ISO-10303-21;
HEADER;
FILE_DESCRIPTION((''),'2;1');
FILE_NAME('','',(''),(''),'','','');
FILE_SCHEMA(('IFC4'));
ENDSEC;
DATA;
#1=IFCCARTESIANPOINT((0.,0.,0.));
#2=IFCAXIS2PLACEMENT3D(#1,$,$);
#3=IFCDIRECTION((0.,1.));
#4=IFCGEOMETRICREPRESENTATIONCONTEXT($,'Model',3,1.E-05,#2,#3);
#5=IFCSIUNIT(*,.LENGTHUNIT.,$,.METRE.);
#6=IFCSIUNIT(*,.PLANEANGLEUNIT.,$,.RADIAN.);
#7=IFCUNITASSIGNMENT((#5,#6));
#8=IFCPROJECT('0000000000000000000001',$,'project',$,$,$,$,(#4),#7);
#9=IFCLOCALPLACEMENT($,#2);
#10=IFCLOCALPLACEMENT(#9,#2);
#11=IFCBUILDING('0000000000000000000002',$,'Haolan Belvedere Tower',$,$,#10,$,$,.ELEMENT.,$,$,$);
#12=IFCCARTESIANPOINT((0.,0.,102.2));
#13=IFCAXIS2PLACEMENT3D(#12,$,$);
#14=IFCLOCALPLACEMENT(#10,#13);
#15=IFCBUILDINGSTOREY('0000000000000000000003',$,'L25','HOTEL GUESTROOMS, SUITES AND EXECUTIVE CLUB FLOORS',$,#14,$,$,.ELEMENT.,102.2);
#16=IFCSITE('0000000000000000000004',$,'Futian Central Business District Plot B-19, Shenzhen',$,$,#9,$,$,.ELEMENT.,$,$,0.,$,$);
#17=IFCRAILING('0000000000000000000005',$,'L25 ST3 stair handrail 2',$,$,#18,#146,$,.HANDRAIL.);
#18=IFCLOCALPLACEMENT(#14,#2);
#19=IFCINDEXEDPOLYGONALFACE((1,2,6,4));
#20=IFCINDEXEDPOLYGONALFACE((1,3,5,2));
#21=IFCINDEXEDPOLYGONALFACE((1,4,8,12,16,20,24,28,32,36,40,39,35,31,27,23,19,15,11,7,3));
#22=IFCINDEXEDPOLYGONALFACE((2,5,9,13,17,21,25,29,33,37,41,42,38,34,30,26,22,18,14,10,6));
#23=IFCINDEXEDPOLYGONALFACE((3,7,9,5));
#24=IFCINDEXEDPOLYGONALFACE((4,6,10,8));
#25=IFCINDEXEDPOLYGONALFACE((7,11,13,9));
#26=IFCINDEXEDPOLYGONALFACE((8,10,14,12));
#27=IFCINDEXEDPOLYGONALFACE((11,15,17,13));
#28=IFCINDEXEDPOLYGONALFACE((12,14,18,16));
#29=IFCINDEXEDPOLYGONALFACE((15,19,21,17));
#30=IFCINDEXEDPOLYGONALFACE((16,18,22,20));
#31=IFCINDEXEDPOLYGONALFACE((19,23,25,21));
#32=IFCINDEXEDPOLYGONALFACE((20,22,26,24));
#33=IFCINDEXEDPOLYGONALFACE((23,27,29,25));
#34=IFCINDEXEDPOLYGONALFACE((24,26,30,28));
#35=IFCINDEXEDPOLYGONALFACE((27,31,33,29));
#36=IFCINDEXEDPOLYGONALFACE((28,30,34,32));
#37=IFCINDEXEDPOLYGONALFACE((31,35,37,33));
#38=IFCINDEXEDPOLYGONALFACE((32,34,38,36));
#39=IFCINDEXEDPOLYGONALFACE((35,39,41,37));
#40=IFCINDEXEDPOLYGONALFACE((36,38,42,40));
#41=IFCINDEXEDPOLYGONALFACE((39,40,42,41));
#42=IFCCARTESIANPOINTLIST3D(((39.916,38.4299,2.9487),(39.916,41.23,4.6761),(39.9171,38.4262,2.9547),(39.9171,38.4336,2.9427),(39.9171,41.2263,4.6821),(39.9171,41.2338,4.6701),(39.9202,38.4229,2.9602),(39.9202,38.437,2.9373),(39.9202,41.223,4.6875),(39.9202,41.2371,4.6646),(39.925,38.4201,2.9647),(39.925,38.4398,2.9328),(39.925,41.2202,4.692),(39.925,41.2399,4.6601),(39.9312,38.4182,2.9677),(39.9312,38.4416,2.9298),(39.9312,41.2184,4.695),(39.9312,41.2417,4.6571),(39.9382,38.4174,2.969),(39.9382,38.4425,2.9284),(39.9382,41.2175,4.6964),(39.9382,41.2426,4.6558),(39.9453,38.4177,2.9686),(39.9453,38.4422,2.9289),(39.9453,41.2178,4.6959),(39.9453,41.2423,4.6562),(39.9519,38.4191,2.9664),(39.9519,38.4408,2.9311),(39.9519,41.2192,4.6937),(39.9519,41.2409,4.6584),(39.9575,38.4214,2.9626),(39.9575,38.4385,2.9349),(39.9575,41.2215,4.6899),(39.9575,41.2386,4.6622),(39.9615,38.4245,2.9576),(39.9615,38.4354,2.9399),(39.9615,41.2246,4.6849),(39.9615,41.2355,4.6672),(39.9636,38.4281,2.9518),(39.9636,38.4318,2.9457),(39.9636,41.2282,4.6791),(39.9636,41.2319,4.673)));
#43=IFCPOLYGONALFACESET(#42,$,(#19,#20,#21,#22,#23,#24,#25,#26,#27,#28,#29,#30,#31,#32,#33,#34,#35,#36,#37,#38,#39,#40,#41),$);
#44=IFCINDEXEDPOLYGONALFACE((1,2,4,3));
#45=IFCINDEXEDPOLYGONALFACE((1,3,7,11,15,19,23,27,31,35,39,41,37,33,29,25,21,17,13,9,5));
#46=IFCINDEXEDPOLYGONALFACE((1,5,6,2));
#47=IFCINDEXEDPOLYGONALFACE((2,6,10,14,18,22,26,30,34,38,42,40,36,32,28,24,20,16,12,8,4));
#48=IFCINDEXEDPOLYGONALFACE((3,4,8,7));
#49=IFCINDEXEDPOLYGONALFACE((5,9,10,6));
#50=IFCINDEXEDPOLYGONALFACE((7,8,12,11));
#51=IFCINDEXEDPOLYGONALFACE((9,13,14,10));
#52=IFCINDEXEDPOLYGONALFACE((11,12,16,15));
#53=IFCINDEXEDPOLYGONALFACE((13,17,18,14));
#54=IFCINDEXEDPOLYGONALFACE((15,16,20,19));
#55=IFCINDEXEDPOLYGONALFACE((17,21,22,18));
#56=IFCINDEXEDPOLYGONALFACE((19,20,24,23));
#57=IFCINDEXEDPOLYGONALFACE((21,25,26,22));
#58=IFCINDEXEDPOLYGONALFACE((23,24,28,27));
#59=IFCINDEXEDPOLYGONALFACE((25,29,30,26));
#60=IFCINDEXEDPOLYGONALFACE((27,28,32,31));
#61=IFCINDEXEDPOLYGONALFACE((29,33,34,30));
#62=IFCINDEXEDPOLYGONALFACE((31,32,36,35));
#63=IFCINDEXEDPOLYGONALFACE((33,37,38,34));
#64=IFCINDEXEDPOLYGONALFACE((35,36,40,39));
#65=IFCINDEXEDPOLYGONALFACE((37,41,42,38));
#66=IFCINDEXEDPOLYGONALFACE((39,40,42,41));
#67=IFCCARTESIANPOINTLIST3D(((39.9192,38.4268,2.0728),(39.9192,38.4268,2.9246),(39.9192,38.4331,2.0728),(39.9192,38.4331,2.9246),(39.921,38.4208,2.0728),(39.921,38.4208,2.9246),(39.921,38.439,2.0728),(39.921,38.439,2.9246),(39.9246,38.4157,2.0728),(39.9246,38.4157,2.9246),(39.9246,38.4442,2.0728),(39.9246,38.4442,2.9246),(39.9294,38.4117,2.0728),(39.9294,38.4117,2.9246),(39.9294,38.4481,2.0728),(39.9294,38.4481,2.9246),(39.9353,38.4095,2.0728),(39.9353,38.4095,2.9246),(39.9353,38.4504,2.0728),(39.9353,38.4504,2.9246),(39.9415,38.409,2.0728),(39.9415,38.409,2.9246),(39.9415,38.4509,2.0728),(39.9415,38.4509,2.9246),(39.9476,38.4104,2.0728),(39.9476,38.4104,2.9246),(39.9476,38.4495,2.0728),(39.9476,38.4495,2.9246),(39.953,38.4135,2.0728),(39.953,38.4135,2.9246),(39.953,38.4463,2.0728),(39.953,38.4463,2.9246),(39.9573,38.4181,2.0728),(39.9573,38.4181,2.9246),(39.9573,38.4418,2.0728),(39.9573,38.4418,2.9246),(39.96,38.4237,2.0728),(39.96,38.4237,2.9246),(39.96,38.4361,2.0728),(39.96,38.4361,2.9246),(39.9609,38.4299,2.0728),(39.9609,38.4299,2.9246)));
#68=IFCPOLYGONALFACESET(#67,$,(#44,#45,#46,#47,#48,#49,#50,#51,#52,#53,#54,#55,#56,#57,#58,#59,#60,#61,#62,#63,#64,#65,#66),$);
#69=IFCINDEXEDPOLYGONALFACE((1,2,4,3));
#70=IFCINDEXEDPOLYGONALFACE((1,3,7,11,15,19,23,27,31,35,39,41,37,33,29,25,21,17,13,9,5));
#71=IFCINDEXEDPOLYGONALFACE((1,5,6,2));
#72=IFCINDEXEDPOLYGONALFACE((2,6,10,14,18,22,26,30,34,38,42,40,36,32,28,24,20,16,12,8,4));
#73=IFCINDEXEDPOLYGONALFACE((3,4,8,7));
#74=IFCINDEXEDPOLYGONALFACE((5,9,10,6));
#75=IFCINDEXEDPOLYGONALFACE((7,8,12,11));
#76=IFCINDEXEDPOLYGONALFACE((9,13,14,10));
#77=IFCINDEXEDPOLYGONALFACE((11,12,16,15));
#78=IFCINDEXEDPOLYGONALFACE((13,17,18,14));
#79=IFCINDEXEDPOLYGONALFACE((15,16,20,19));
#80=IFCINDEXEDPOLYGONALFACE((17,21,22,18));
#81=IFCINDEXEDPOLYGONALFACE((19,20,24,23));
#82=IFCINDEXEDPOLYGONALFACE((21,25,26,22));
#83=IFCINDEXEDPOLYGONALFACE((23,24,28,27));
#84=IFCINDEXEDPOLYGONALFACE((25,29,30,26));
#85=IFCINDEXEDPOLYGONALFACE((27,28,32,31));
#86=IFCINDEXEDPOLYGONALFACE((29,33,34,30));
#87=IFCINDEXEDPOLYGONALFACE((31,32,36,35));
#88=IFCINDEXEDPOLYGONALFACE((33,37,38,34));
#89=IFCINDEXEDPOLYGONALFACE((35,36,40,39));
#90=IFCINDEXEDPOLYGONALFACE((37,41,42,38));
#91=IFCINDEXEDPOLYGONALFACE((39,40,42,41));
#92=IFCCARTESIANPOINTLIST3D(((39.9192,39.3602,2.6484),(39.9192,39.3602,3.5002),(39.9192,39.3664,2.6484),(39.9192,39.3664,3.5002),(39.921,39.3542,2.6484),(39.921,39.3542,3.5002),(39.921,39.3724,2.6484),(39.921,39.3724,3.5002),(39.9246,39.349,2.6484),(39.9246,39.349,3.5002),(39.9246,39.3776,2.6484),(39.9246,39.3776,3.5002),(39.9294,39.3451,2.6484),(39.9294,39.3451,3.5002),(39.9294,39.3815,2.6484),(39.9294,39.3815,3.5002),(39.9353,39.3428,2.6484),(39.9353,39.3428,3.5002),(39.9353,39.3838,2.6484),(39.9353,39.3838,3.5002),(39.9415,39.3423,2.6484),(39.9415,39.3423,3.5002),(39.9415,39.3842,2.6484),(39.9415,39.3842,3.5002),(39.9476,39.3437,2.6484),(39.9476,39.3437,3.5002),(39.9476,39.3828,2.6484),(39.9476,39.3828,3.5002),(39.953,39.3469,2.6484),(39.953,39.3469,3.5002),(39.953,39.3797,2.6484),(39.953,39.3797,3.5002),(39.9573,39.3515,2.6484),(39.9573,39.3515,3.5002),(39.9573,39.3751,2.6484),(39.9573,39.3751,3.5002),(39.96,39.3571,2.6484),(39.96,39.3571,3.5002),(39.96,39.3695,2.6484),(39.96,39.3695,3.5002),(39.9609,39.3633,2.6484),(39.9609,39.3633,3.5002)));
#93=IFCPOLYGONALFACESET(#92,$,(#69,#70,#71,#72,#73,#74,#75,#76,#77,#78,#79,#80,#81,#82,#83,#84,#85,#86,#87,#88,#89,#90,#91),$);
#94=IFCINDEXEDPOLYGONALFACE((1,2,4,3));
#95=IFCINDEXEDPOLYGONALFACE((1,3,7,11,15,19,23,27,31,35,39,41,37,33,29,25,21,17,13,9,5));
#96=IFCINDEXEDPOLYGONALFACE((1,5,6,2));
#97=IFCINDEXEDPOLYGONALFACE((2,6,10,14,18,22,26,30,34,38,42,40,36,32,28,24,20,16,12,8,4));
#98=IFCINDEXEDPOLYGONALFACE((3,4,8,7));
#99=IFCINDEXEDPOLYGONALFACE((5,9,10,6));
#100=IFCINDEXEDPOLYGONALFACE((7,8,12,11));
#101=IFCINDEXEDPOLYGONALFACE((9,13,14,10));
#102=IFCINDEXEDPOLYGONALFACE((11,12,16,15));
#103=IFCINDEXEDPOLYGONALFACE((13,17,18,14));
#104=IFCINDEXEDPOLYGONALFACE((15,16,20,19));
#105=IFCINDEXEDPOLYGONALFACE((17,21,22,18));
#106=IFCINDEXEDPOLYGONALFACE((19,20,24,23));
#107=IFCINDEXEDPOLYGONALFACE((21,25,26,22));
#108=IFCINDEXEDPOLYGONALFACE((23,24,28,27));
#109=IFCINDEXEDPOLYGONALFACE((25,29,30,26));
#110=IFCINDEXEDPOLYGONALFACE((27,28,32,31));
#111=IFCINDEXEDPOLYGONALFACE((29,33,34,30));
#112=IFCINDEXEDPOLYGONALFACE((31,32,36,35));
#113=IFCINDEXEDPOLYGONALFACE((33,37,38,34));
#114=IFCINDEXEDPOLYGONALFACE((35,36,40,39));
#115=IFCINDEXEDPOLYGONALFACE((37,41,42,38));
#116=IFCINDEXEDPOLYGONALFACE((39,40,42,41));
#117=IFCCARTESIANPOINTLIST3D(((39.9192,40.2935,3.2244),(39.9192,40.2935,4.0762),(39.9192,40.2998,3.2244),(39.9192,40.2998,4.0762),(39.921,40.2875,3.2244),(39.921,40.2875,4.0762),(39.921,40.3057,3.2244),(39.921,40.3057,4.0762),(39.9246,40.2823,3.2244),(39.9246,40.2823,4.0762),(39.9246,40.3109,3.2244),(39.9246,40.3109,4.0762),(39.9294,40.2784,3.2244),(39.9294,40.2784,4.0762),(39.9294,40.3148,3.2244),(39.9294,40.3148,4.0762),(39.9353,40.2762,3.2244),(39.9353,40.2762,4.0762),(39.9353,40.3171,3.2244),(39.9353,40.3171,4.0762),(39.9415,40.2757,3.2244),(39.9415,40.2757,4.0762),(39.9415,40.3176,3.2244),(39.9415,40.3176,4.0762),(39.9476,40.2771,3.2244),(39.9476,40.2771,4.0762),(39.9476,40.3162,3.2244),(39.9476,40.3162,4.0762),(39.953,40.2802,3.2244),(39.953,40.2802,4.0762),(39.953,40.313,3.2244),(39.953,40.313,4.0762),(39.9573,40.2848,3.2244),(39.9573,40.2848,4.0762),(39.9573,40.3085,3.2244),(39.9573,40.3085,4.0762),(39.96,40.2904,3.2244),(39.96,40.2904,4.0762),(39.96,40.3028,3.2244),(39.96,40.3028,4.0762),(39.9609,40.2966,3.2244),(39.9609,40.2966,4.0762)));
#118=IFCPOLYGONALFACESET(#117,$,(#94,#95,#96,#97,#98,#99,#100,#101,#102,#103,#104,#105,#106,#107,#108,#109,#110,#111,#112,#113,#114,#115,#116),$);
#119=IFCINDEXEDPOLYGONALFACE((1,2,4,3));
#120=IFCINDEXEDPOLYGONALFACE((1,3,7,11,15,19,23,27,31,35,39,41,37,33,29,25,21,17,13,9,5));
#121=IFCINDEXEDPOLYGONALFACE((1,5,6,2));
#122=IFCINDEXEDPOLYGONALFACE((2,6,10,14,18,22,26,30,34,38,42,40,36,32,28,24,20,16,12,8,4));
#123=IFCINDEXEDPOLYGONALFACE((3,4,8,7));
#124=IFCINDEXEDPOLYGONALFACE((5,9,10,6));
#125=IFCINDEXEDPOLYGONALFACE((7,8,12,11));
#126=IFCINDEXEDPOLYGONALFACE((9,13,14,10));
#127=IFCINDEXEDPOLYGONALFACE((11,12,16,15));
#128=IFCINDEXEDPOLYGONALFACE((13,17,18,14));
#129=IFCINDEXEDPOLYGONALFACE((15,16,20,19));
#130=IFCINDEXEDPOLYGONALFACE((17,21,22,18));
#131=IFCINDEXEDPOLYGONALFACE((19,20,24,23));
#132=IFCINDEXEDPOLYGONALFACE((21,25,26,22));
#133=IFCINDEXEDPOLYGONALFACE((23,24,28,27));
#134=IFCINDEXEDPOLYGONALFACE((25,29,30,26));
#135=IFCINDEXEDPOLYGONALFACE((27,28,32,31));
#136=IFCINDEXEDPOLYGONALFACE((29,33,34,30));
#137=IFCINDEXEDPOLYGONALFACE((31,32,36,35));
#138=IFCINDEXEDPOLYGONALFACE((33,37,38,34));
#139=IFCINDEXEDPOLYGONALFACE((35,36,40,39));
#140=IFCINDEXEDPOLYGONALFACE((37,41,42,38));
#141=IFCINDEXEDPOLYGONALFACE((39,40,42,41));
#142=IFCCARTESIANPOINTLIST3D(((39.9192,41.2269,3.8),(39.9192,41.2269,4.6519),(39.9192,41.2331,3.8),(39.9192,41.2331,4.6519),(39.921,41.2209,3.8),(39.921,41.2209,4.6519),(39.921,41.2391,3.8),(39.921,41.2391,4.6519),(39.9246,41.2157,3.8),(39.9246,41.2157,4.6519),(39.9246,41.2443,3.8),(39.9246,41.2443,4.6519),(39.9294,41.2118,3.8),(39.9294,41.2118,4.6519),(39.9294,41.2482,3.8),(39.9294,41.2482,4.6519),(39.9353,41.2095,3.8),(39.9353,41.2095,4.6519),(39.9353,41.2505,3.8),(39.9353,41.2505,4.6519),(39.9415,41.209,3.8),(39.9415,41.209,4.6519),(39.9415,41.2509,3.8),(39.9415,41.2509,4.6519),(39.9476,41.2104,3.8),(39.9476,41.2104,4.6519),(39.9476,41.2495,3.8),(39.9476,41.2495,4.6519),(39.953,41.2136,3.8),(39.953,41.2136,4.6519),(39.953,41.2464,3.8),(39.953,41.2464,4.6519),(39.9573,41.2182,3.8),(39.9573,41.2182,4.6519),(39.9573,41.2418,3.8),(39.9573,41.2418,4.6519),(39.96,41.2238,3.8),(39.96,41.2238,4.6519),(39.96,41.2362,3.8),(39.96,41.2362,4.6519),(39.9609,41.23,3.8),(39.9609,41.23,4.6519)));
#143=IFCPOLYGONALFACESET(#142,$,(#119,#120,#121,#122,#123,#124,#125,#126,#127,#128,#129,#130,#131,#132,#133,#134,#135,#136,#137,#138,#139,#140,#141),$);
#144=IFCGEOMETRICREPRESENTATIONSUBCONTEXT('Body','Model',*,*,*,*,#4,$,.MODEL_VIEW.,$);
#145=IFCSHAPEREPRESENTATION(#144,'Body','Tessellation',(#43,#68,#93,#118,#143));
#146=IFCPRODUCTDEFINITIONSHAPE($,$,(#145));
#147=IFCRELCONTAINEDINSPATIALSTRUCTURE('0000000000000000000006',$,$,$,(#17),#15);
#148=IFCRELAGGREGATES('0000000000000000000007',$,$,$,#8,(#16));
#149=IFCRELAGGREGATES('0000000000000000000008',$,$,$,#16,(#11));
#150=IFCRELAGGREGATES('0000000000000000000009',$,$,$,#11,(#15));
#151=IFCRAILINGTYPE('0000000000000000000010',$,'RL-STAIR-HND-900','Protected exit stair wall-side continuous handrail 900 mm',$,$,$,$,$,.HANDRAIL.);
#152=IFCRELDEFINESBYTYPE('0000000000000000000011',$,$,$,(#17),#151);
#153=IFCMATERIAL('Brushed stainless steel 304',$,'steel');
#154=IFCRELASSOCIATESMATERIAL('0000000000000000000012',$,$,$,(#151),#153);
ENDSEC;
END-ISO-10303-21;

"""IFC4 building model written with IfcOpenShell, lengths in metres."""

from ifc_helpers import new_model, si_unit, direction, frame, origin, origin_2d, place, context, subcontext, project, spatial, circle, extrude, material, type_object, element, save


model = new_model("IFC4")

# Units and contexts
model_context = context("Model", 3, precision=1e-05, world=origin(), true_north=direction((0.0, 1.0)))
body_context = subcontext(model_context, "Body", "Model", "MODEL_VIEW")
ifc_project = project(units=[si_unit("LENGTHUNIT", "METRE"), si_unit("PLANEANGLEUNIT", "RADIAN")], contexts=[model_context])

# Site, building, storey
site_placement = place(None, origin())
site = spatial("IfcSite", under=ifc_project, at=site_placement, Name="Futian Central Business District Plot B-19, Shenzhen", CompositionType="ELEMENT", RefElevation=0.0)
building_placement = place(site_placement, origin())
building = spatial("IfcBuilding", under=site, at=building_placement, Name="Haolan Belvedere Tower", CompositionType="ELEMENT")
storey_placement = place(building_placement, frame((0.0, 0.0, 102.2)))
storey = spatial("IfcBuildingStorey", under=building, at=storey_placement, Name="L25", Description="HOTEL GUESTROOMS, SUITES AND EXECUTIVE CLUB FLOORS", CompositionType="ELEMENT", Elevation=102.2)

# Railing
ifc_material_1 = material(Name="Brushed stainless steel 304", Category="steel")
railing_type_1 = type_object("IfcRailingType", Name="RL-STAIR-HND-900", Description="Protected exit stair wall-side continuous handrail 900 mm", PredefinedType="HANDRAIL", material=ifc_material_1)
railing_1_placement = place(storey_placement, frame((39.9399, 38.4299, 2.0728)))
element("IfcRailing", 1, at=railing_1_placement, inside=storey, type_object=railing_type_1, Name="L25 ST3 stair handrail 2", PredefinedType="HANDRAIL", context=body_context, shape_type="SweptSolid", body=[
    extrude(circle(Radius=0.0239, at=origin_2d()), frame((0.0, 0.0, 0.876), z_axis=(0.0, 0.85109, 0.52502), x_axis=(-1.0, 0.0, 0.0)), (0.0, 0.0, 1.0), 3.29),
    extrude(circle(Radius=0.021, at=origin_2d()), origin(), (0.0, 0.0, 1.0), 0.8518),
    extrude(circle(Radius=0.021, at=origin_2d()), frame((0.0, 0.9333, 0.5757)), (0.0, 0.0, 1.0), 0.8518),
    extrude(circle(Radius=0.021, at=origin_2d()), frame((0.0, 1.8667, 1.1516)), (0.0, 0.0, 1.0), 0.8518),
    extrude(circle(Radius=0.021, at=origin_2d()), frame((0.0, 2.8, 1.7273)), (0.0, 0.0, 1.0), 0.8518),
])

save(model, "model.ifc")
